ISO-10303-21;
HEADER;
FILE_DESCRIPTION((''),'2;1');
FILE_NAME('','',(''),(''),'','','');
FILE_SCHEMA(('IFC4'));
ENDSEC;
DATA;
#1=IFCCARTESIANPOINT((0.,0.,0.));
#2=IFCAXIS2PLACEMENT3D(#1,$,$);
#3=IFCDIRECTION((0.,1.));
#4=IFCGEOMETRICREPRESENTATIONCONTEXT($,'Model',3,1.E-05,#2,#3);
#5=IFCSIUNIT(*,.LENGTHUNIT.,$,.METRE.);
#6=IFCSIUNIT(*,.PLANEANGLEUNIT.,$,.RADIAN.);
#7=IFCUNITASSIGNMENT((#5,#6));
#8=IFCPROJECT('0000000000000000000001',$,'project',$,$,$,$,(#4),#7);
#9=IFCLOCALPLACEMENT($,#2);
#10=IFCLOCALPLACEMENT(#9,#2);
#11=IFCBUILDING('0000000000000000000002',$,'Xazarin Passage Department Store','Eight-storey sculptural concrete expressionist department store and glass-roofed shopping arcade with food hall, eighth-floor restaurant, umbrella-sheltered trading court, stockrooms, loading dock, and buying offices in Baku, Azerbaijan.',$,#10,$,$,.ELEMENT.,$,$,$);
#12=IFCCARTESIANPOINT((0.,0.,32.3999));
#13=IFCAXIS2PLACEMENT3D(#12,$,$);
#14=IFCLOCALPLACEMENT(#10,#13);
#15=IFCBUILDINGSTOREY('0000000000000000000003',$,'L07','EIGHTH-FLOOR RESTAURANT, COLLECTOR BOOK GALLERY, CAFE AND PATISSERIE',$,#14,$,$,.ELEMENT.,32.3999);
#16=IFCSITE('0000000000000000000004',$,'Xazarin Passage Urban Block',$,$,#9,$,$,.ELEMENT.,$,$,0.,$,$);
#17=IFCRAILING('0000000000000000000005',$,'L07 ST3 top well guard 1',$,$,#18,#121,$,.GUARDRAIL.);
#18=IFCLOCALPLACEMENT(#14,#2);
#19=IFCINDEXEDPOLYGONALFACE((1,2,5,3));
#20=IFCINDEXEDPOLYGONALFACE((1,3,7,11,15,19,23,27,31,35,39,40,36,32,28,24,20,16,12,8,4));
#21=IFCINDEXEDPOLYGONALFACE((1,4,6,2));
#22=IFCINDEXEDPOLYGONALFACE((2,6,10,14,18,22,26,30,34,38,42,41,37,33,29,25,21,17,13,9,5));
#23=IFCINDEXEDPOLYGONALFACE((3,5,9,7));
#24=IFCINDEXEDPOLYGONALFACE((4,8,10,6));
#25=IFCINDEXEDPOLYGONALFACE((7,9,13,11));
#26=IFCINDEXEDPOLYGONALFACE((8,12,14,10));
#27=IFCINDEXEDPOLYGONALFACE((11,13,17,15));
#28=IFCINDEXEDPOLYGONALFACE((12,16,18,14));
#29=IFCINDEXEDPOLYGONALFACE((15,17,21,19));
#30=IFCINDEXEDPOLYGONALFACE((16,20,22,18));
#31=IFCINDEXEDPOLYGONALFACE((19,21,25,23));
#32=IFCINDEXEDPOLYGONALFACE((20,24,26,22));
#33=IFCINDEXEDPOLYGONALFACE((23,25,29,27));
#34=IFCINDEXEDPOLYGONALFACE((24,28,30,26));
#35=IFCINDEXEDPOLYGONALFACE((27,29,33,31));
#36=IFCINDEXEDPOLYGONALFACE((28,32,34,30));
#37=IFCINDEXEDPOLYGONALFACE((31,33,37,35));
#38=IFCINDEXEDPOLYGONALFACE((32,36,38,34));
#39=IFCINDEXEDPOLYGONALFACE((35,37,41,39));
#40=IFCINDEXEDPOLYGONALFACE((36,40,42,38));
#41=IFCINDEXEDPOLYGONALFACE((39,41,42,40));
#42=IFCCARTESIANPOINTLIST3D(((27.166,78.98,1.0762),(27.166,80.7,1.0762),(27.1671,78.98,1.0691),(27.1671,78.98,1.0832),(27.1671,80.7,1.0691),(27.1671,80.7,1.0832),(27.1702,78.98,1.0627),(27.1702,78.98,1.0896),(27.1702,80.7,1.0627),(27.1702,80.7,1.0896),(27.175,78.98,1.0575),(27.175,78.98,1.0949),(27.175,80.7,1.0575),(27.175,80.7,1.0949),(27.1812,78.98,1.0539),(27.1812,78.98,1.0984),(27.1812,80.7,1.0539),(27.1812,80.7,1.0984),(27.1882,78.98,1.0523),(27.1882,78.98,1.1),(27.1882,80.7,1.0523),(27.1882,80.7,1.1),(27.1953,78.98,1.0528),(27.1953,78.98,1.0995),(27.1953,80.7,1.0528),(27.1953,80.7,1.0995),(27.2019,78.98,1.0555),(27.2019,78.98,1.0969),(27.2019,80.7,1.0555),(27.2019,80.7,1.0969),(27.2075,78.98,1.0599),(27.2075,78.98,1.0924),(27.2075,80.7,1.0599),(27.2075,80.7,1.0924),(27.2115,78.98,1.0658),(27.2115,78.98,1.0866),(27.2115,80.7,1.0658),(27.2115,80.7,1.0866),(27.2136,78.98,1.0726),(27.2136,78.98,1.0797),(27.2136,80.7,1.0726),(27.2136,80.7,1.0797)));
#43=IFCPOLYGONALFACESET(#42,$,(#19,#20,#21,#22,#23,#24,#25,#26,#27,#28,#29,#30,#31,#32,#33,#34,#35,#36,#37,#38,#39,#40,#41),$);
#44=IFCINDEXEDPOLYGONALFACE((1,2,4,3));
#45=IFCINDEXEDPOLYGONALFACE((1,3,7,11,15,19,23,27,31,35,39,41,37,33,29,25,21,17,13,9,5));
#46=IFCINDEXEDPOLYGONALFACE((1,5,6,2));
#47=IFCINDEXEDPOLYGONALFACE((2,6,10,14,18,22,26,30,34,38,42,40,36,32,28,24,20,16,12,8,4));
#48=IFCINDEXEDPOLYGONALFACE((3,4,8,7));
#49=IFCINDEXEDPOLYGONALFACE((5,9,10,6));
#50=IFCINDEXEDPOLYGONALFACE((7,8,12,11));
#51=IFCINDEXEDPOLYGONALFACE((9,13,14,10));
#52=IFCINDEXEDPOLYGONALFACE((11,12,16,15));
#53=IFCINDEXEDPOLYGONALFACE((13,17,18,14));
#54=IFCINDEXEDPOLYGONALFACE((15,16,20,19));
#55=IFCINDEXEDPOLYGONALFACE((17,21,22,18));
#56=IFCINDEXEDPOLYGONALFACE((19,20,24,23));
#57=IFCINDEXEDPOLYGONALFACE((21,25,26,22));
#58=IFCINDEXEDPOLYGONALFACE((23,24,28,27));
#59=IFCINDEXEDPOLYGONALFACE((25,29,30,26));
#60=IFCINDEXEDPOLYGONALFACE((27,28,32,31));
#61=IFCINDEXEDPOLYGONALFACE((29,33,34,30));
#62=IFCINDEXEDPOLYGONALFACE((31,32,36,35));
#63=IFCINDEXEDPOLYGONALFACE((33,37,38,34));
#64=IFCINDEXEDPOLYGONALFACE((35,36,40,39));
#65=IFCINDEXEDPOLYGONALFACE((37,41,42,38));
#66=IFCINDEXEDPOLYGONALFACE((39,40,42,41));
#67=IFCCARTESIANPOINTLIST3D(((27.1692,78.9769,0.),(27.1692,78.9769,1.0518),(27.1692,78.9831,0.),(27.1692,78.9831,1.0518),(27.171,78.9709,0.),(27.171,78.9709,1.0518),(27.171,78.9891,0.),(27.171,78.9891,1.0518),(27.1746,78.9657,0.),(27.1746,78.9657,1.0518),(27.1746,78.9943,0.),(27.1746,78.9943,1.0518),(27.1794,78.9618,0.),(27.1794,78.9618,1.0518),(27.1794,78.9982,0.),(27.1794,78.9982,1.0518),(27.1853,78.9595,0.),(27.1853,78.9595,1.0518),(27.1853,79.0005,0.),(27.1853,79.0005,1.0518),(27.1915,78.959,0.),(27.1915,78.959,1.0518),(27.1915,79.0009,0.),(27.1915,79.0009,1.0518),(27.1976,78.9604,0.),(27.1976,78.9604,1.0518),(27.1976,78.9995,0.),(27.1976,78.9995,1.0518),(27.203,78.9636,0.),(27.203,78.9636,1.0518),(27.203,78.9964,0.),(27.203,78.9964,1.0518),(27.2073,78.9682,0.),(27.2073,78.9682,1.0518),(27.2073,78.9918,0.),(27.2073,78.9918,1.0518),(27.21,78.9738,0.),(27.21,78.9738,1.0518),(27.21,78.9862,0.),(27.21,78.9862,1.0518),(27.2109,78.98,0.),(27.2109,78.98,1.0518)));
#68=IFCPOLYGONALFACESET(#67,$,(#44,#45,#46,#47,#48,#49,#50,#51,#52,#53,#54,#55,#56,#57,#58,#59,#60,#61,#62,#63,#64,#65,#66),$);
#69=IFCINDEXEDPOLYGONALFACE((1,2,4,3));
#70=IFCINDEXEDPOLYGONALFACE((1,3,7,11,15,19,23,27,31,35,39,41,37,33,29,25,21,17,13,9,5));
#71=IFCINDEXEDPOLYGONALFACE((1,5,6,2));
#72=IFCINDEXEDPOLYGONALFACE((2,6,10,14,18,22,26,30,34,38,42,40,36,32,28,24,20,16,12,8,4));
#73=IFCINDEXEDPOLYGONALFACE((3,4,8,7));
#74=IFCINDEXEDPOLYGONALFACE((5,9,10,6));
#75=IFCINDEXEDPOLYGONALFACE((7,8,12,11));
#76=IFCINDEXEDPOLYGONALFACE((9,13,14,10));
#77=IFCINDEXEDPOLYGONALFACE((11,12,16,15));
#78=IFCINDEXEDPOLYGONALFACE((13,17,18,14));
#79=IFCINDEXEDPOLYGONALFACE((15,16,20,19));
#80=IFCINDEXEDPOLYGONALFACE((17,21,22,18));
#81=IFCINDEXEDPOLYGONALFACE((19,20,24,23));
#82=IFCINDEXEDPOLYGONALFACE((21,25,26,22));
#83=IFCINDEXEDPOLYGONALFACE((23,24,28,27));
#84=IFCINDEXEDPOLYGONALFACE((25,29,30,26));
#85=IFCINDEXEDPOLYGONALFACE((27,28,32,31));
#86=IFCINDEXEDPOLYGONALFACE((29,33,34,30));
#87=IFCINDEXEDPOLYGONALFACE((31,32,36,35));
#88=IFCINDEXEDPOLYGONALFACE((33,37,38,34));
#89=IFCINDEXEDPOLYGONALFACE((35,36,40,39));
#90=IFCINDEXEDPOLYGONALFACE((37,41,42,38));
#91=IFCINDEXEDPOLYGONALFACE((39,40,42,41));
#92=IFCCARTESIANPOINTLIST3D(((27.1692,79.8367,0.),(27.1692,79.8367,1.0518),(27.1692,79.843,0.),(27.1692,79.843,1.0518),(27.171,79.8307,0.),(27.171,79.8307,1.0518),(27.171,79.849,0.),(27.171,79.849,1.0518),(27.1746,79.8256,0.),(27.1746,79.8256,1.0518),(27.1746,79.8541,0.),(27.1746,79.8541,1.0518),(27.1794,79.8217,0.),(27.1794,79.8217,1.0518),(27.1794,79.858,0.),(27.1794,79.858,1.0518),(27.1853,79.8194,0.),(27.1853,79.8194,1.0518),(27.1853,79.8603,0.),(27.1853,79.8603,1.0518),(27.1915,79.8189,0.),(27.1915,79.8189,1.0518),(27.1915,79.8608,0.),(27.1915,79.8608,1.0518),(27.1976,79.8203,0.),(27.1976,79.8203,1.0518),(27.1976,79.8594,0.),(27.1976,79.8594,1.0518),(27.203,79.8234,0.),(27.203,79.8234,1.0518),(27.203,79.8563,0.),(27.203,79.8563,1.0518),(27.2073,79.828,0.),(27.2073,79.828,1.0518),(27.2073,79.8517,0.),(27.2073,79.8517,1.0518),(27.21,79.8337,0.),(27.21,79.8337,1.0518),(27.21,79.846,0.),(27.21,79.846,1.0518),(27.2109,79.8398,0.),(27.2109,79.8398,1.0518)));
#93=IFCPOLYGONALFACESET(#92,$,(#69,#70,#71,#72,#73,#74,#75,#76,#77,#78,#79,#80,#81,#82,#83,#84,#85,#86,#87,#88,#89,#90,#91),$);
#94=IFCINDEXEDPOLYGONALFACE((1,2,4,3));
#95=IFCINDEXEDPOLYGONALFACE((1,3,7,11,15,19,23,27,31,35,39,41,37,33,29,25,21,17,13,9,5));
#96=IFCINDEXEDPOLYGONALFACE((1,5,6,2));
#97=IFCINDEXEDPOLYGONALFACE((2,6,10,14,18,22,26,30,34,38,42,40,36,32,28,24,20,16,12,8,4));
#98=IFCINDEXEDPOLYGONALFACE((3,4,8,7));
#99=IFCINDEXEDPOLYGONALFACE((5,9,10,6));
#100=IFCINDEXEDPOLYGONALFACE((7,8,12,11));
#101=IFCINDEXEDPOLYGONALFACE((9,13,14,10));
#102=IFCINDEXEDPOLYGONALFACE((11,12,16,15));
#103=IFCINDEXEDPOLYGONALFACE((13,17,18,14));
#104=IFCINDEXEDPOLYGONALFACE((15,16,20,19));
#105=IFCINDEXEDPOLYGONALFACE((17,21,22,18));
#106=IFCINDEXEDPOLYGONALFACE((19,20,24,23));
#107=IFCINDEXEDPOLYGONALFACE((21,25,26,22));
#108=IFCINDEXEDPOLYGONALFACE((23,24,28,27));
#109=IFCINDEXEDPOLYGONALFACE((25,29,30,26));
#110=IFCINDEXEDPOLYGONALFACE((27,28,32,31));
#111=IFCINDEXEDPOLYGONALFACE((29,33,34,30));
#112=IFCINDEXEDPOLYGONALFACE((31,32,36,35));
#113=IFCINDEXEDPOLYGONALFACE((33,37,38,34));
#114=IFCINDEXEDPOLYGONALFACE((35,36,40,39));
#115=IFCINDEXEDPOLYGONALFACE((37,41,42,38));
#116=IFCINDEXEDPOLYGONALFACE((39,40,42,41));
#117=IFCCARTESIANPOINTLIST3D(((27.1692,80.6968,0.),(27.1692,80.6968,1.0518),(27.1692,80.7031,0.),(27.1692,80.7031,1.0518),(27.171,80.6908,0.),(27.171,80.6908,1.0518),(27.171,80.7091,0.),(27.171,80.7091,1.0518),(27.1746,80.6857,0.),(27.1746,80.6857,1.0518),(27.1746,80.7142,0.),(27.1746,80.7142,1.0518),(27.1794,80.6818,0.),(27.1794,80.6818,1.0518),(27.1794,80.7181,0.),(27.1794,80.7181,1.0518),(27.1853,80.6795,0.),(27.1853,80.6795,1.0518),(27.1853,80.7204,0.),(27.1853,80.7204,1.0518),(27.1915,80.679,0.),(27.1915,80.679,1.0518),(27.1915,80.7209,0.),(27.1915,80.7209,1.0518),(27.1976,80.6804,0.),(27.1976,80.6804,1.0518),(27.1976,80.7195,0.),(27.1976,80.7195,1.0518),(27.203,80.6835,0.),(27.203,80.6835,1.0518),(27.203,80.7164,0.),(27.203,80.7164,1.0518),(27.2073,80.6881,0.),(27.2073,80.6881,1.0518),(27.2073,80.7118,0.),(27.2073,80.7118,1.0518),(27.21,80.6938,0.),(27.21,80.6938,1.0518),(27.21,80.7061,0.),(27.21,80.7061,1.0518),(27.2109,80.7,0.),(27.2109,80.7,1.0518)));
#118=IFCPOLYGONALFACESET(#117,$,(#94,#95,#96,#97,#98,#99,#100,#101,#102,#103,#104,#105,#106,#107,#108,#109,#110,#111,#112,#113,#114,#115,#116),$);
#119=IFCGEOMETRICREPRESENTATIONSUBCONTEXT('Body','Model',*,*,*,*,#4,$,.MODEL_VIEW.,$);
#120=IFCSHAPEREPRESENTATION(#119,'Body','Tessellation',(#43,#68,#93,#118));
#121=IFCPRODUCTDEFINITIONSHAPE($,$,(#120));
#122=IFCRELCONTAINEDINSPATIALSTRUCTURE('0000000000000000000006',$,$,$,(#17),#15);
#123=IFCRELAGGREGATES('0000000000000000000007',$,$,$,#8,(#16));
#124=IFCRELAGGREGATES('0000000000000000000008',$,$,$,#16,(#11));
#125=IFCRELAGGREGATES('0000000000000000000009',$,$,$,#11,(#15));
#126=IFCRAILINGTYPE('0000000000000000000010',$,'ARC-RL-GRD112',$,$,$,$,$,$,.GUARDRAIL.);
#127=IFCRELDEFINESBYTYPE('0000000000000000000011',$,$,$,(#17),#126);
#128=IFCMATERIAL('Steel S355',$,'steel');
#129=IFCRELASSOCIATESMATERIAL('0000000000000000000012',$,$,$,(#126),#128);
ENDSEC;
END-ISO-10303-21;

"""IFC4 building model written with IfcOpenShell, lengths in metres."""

from ifc_helpers import new_model, si_unit, direction, frame, origin, origin_2d, place, context, subcontext, project, spatial, circle, extrude, material, type_object, element, save


model = new_model("IFC4")

# Units and contexts
model_context = context("Model", 3, precision=1e-05, world=origin(), true_north=direction((0.0, 1.0)))
body_context = subcontext(model_context, "Body", "Model", "MODEL_VIEW")
ifc_project = project(units=[si_unit("LENGTHUNIT", "METRE"), si_unit("PLANEANGLEUNIT", "RADIAN")], contexts=[model_context])

# Site, building, storey
site_placement = place(None, origin())
site = spatial("IfcSite", under=ifc_project, at=site_placement, Name="Xazarin Passage Urban Block", CompositionType="ELEMENT", RefElevation=0.0)
building_placement = place(site_placement, origin())
building = spatial("IfcBuilding", under=site, at=building_placement, Name="Xazarin Passage Department Store", Description="Eight-storey sculptural concrete expressionist department store and glass-roofed shopping arcade with food hall, eighth-floor restaurant, umbrella-sheltered trading court, stockrooms, loading dock, and buying offices in Baku, Azerbaijan.", CompositionType="ELEMENT")
storey_placement = place(building_placement, frame((0.0, 0.0, 32.3999)))
storey = spatial("IfcBuildingStorey", under=building, at=storey_placement, Name="L07", Description="EIGHTH-FLOOR RESTAURANT, COLLECTOR BOOK GALLERY, CAFE AND PATISSERIE", CompositionType="ELEMENT", Elevation=32.3999)

# Shared definitions
ifc_material_1 = material(Name="Steel S355", Category="steel")

# Railing
railing_type = type_object("IfcRailingType", Name="ARC-RL-GRD112", PredefinedType="GUARDRAIL", material=ifc_material_1)
for number, where, name in (
    (1, (27.1899, 78.98, 0.0), "L07 ST3 top well guard 1"),
):
    element("IfcRailing", number, at=place(storey_placement, frame(where)), inside=storey, type_object=railing_type, Name=name, PredefinedType="GUARDRAIL", context=body_context, shape_type="SweptSolid", body=[
        extrude(circle(Radius=0.0239, at=origin_2d()), frame((0.0, 0.0, 1.0762), z_axis=(0.0, 1.0, 0.0), x_axis=(-1.0, 0.0, 0.0)), (0.0, 0.0, 1.0), 1.72),
        extrude(circle(Radius=0.021, at=origin_2d()), origin(), (0.0, 0.0, 1.0), 1.0518),
        extrude(circle(Radius=0.021, at=origin_2d()), frame((0.0, 0.8599, 0.0)), (0.0, 0.0, 1.0), 1.0518),
        extrude(circle(Radius=0.021, at=origin_2d()), frame((0.0, 1.72, 0.0)), (0.0, 0.0, 1.0), 1.0518),
    ])

save(model, "model.ifc")
